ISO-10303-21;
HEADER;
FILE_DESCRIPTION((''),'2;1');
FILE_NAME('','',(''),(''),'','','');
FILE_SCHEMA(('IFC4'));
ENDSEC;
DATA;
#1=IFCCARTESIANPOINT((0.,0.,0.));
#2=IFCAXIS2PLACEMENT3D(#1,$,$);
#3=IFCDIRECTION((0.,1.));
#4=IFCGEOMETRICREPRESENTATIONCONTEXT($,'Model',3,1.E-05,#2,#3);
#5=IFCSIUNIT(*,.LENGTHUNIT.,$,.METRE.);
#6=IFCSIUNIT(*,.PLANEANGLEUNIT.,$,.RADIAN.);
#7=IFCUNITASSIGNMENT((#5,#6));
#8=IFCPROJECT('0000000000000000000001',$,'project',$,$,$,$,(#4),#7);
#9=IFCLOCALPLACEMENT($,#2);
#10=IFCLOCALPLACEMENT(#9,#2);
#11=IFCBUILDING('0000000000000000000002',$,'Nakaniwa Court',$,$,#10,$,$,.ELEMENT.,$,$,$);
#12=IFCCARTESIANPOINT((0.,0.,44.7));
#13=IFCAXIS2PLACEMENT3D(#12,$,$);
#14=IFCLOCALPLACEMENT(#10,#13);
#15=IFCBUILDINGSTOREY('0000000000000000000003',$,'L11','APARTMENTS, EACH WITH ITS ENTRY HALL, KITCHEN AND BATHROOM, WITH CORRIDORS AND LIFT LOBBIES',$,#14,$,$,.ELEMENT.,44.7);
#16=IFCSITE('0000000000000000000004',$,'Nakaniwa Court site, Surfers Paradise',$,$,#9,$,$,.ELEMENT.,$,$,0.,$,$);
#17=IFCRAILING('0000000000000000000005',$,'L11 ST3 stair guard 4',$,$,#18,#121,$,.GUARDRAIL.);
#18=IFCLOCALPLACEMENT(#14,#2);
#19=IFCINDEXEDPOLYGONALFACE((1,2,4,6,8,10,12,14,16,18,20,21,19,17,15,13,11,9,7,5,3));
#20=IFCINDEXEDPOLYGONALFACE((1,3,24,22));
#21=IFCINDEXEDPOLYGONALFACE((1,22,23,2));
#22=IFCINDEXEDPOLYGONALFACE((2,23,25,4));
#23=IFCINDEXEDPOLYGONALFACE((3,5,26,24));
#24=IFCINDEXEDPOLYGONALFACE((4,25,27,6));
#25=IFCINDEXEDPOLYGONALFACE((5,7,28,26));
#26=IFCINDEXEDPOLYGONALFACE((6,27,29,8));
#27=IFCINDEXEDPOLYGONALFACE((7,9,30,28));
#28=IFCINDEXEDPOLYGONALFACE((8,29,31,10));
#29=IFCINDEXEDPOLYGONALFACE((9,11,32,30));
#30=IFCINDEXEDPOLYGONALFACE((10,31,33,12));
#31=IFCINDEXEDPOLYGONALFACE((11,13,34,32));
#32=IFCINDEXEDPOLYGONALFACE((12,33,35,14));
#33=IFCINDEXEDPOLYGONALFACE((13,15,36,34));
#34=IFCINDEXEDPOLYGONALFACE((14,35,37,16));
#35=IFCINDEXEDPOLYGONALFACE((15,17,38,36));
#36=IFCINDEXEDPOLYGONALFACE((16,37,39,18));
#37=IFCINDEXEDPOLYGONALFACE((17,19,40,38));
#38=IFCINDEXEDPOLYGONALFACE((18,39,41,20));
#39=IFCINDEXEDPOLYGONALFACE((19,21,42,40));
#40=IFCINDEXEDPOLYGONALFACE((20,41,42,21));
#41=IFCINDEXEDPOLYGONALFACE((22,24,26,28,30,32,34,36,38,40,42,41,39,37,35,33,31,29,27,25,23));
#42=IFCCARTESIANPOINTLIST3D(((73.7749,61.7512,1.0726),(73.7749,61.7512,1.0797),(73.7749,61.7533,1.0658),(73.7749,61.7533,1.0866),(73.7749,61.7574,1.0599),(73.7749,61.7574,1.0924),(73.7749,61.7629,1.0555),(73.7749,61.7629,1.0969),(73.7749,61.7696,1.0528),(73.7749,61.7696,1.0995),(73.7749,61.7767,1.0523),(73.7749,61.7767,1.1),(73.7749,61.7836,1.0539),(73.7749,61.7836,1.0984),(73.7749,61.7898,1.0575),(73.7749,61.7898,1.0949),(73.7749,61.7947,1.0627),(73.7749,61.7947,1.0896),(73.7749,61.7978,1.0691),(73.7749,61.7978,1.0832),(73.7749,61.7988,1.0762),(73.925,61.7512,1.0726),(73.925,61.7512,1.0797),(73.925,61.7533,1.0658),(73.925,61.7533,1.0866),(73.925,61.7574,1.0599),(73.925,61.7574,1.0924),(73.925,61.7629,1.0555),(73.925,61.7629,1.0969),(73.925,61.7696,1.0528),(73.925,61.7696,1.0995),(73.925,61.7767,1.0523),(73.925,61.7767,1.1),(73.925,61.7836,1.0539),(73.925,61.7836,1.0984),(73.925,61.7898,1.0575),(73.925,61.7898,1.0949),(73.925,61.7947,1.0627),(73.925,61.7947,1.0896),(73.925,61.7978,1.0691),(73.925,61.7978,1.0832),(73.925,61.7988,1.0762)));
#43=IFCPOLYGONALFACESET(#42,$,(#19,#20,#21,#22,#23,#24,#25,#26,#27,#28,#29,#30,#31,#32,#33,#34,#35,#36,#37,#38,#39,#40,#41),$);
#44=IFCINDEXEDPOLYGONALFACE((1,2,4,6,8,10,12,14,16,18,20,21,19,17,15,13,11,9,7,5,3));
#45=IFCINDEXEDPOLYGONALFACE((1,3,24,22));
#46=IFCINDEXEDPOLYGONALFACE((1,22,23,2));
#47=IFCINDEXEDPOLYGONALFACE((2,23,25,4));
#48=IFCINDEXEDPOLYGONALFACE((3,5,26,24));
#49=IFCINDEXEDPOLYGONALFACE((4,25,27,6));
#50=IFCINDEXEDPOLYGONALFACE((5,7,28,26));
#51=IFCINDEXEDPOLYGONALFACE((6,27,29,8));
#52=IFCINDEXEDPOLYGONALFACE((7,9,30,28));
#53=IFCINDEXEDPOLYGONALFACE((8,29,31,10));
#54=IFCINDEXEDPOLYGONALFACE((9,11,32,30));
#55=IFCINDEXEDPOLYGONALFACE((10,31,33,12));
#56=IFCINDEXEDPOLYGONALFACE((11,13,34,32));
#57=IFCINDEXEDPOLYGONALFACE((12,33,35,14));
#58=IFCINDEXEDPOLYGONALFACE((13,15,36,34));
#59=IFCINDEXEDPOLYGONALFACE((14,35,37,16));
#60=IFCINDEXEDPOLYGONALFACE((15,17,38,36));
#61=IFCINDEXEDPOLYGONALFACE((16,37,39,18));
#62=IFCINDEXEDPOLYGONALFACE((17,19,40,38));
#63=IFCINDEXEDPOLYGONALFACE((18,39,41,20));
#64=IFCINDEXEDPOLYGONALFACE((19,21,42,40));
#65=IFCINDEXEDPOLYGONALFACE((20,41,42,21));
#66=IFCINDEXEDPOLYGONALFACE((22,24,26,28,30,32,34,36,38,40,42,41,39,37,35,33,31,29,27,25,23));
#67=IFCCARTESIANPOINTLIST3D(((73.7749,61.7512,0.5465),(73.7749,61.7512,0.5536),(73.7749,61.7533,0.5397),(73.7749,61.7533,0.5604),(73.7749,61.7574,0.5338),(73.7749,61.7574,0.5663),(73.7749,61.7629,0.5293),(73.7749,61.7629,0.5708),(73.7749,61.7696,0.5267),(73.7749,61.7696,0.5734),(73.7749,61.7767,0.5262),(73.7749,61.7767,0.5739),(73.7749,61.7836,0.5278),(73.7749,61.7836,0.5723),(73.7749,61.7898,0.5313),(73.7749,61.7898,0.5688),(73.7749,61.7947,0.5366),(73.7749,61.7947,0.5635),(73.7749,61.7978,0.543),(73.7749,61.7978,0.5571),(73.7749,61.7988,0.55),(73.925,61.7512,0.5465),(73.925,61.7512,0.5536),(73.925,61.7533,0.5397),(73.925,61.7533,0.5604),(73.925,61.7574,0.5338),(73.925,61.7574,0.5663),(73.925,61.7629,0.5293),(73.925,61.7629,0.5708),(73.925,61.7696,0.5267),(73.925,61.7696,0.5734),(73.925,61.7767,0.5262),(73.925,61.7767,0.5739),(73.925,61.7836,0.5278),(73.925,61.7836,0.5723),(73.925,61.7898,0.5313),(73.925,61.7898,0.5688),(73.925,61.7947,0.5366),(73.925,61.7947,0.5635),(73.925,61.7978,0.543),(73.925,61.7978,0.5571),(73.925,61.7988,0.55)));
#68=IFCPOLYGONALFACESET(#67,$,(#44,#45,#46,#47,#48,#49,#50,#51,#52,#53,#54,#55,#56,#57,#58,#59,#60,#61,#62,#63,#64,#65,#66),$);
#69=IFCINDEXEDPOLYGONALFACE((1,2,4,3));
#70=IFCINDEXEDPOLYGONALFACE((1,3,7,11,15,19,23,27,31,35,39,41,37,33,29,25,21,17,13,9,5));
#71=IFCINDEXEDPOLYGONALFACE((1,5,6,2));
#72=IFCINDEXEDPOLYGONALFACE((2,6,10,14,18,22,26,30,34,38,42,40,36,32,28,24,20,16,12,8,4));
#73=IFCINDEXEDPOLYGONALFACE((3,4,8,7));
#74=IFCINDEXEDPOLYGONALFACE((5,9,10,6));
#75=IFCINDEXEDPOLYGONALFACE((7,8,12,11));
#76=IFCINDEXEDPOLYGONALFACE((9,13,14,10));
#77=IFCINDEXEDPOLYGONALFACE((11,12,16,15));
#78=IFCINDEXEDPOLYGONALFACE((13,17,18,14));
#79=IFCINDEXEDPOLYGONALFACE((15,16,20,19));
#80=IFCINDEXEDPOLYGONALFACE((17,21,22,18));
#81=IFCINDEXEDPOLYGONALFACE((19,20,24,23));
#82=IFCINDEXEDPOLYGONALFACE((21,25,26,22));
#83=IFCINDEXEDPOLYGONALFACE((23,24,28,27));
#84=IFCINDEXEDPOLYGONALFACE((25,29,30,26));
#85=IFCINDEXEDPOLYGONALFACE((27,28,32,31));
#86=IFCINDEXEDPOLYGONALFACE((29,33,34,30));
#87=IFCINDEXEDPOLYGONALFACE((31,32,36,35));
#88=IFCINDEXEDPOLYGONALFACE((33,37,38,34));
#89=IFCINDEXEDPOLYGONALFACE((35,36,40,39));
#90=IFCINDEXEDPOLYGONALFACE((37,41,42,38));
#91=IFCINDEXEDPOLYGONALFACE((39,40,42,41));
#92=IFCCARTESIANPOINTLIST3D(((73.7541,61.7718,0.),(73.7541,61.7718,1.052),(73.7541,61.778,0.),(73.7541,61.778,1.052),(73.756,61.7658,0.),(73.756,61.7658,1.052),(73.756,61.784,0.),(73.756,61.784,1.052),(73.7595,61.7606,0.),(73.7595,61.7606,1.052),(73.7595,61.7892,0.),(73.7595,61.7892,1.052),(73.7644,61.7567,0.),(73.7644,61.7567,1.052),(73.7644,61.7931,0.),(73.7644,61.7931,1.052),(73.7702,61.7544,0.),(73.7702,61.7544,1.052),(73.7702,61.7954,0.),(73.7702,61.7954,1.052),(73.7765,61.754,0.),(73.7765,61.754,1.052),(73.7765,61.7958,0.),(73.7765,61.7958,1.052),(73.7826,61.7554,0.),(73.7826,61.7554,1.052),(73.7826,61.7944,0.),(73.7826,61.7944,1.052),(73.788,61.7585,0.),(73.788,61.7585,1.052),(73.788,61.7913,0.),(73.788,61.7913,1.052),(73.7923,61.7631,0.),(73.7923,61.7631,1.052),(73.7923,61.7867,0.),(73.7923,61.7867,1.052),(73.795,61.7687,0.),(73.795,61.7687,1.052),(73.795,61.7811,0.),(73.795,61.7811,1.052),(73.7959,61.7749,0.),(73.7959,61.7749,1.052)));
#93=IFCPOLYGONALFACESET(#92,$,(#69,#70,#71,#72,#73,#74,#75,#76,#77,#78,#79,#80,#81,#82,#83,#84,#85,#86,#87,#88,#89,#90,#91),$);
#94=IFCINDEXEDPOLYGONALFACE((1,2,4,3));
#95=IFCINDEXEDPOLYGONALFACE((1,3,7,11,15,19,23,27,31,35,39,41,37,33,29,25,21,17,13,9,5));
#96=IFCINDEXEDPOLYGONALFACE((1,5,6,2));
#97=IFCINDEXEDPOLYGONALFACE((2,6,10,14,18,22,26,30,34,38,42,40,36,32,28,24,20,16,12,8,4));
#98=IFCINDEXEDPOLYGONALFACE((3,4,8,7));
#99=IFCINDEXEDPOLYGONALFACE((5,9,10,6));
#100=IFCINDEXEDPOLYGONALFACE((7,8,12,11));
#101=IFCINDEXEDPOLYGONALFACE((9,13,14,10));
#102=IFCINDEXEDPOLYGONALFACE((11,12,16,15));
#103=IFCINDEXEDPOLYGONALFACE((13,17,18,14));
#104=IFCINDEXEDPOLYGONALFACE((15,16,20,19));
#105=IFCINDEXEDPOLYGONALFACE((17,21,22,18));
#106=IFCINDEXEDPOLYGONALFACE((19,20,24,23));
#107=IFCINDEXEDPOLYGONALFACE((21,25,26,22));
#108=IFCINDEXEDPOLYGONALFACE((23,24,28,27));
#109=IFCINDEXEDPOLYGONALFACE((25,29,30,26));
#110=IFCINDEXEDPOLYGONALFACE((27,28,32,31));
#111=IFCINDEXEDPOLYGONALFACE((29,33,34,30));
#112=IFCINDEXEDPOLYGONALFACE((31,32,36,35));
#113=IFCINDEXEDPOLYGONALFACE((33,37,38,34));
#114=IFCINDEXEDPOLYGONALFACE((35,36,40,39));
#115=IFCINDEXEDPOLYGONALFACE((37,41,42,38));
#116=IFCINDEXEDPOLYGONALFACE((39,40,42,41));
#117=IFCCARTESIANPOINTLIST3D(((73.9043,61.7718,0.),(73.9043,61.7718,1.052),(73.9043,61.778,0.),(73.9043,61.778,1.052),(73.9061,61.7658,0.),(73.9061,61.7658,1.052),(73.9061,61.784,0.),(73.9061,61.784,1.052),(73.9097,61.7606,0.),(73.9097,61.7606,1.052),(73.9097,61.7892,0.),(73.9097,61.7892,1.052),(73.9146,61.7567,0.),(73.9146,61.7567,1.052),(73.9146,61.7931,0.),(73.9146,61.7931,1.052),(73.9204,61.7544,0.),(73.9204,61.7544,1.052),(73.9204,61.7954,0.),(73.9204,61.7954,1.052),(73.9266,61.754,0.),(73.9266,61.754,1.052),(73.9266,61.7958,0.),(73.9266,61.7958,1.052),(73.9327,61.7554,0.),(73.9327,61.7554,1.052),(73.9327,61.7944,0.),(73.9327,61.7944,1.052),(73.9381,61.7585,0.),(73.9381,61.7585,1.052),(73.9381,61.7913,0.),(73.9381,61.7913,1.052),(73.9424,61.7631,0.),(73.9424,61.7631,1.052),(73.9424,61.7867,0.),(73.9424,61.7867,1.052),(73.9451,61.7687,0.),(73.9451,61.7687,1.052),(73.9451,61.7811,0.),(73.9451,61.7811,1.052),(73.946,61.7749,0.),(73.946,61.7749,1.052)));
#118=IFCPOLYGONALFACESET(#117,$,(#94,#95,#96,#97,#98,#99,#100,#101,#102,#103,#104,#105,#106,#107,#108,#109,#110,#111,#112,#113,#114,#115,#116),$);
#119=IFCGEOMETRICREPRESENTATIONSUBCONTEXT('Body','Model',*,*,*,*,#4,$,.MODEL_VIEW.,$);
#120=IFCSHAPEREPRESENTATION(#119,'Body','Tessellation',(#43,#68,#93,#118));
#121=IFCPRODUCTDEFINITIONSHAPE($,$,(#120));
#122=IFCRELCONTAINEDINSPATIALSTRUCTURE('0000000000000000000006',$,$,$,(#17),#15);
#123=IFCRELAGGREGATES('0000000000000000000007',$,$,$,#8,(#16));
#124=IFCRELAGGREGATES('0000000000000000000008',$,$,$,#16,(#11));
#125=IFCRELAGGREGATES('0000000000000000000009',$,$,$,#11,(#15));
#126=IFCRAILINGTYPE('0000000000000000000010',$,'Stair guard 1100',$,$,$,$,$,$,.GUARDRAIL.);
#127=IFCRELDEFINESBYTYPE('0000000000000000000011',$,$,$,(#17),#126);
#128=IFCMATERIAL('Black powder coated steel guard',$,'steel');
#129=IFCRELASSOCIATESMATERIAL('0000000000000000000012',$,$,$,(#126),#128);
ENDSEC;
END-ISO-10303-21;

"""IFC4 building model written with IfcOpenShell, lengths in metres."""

from ifc_helpers import new_model, si_unit, direction, frame, origin, origin_2d, place, context, subcontext, project, spatial, circle, extrude, material, type_object, element, save


model = new_model("IFC4")

# Units and contexts
model_context = context("Model", 3, precision=1e-05, world=origin(), true_north=direction((0.0, 1.0)))
body_context = subcontext(model_context, "Body", "Model", "MODEL_VIEW")
ifc_project = project(units=[si_unit("LENGTHUNIT", "METRE"), si_unit("PLANEANGLEUNIT", "RADIAN")], contexts=[model_context])

# Site, building, storey
site_placement = place(None, origin())
site = spatial("IfcSite", under=ifc_project, at=site_placement, Name="Nakaniwa Court site, Surfers Paradise", CompositionType="ELEMENT", RefElevation=0.0)
building_placement = place(site_placement, origin())
building = spatial("IfcBuilding", under=site, at=building_placement, Name="Nakaniwa Court", CompositionType="ELEMENT")
storey_placement = place(building_placement, frame((0.0, 0.0, 44.7)))
storey = spatial("IfcBuildingStorey", under=building, at=storey_placement, Name="L11", Description="APARTMENTS, EACH WITH ITS ENTRY HALL, KITCHEN AND BATHROOM, WITH CORRIDORS AND LIFT LOBBIES", CompositionType="ELEMENT", Elevation=44.7)

# Railing
ifc_material_1 = material(Name="Black powder coated steel guard", Category="steel")
railing_type_1 = type_object("IfcRailingType", Name="Stair guard 1100", PredefinedType="GUARDRAIL", material=ifc_material_1)
railing_1_placement = place(storey_placement, frame((73.7749, 61.7749, 0.0)))
element("IfcRailing", 1, at=railing_1_placement, inside=storey, type_object=railing_type_1, Name="L11 ST3 stair guard 4", PredefinedType="GUARDRAIL", context=body_context, shape_type="SweptSolid", body=[
    extrude(circle(Radius=0.0239, at=origin_2d()), frame((0.0, 0.0, 1.0762), z_axis=(1.0, 0.0, 0.0), x_axis=(0.0, 1.0, 0.0)), (0.0, 0.0, 1.0), 0.1501),
    extrude(circle(Radius=0.0239, at=origin_2d()), frame((0.0, 0.0, 0.55), z_axis=(1.0, 0.0, 0.0), x_axis=(0.0, 1.0, 0.0)), (0.0, 0.0, 1.0), 0.1501),
    extrude(circle(Radius=0.021, at=origin_2d()), origin(), (0.0, 0.0, 1.0), 1.052),
    extrude(circle(Radius=0.021, at=origin_2d()), frame((0.1501, 0.0, 0.0)), (0.0, 0.0, 1.0), 1.052),
])

save(model, "model.ifc")
